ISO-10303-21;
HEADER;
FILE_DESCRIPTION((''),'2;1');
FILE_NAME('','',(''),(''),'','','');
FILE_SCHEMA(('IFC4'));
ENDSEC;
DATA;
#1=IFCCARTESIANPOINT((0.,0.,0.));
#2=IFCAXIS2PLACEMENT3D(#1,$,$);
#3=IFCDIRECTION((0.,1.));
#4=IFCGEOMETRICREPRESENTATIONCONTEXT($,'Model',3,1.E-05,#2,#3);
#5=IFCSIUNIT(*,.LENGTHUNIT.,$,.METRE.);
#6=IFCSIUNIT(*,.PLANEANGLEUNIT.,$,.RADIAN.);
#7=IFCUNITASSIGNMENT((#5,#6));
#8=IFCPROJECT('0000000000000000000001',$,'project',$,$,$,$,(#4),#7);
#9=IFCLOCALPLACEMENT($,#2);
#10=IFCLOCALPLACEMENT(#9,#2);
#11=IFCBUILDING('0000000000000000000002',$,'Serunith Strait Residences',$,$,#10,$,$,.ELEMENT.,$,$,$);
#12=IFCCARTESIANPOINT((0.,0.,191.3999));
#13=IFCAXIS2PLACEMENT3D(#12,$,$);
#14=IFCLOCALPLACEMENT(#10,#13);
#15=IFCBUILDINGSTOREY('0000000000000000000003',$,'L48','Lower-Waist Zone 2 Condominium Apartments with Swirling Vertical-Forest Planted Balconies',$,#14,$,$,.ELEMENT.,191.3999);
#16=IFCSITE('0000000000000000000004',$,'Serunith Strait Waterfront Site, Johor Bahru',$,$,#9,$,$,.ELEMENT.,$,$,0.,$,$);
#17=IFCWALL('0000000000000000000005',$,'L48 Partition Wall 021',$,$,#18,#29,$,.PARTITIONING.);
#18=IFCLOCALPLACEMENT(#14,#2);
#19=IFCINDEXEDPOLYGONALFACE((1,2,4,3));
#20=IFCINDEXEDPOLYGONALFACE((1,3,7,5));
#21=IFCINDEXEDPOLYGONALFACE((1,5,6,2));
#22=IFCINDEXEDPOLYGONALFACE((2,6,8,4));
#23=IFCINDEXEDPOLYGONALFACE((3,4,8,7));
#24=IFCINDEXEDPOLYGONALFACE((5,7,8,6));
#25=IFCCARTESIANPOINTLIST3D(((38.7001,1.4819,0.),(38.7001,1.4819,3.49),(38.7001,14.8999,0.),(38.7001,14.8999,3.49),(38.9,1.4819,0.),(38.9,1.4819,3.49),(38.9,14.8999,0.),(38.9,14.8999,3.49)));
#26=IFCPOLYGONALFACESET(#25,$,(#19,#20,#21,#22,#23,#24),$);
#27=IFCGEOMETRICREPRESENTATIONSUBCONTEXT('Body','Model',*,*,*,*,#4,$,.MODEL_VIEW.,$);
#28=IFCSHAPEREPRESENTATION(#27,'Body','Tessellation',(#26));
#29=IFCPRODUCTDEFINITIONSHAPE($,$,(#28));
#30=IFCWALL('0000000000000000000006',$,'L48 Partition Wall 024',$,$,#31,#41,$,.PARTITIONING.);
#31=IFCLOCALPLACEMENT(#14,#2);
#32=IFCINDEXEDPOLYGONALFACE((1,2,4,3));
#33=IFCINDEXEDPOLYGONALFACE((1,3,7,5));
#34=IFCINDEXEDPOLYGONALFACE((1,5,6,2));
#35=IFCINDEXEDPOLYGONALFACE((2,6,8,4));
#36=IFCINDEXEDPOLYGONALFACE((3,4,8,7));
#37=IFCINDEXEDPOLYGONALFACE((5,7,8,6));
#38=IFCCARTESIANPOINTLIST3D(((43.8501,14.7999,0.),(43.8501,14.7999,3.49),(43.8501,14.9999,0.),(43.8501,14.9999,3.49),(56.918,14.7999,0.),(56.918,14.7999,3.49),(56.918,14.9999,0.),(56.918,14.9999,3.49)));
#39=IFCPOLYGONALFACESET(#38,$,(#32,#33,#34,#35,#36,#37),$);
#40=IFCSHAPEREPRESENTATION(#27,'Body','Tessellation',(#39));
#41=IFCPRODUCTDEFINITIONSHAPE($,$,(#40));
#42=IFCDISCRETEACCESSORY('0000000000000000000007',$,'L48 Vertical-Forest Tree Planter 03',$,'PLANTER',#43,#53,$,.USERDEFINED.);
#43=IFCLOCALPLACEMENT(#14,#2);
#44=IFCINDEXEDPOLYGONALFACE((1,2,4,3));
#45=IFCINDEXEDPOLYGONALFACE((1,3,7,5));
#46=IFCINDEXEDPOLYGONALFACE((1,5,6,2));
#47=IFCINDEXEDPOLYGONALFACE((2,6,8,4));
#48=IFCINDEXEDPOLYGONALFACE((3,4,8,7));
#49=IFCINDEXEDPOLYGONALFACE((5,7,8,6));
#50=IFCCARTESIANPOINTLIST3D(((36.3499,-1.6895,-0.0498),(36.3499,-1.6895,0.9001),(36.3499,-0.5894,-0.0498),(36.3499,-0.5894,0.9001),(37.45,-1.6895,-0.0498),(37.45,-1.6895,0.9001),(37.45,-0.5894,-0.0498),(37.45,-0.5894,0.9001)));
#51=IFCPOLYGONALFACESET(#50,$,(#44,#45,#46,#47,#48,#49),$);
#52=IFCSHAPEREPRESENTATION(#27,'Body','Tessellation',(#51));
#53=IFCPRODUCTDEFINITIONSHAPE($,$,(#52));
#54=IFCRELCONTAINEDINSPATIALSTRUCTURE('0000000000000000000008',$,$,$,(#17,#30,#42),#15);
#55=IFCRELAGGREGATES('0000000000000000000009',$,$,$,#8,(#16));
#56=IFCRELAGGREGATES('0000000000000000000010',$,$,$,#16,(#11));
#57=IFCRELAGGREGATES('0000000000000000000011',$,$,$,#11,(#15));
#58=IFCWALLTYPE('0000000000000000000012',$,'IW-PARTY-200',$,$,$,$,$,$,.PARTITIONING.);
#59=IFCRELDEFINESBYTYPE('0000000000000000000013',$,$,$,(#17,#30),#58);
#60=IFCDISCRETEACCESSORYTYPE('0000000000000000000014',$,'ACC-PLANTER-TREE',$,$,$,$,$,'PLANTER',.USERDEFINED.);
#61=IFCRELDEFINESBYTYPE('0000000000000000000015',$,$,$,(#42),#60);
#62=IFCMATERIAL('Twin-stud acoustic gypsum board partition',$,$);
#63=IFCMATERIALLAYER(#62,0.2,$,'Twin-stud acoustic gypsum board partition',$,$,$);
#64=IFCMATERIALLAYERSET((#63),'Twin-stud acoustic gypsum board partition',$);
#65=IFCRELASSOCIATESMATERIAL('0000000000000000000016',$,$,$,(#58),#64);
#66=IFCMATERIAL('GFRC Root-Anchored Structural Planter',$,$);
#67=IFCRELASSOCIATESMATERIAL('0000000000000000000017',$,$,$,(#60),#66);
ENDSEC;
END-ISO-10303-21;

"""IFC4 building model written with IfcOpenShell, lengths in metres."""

from ifc_helpers import new_model, si_unit, direction, frame, frame_2d, origin, origin_2d, place, context, subcontext, project, spatial, rectangle, extrude, source, transform, mapped, material, layer, layer_set, type_object, element, save


model = new_model("IFC4")

# Units and contexts
model_context = context("Model", 3, precision=1e-05, world=origin(), true_north=direction((0.0, 1.0)))
body_context = subcontext(model_context, "Body", "Model", "MODEL_VIEW")
ifc_project = project(units=[si_unit("LENGTHUNIT", "METRE"), si_unit("PLANEANGLEUNIT", "RADIAN")], contexts=[model_context])

# Site, building, storey
site_placement = place(None, origin())
site = spatial("IfcSite", under=ifc_project, at=site_placement, Name="Serunith Strait Waterfront Site, Johor Bahru", CompositionType="ELEMENT", RefElevation=0.0)
building_placement = place(site_placement, origin())
building = spatial("IfcBuilding", under=site, at=building_placement, Name="Serunith Strait Residences", CompositionType="ELEMENT")
storey_placement = place(building_placement, frame((0.0, 0.0, 191.3999)))
storey = spatial("IfcBuildingStorey", under=building, at=storey_placement, Name="L48", Description="Lower-Waist Zone 2 Condominium Apartments with Swirling Vertical-Forest Planted Balconies", CompositionType="ELEMENT", Elevation=191.3999)

# Walls
ifc_material_1 = material(Name="Twin-stud acoustic gypsum board partition")
ifc_layer_1 = layer(ifc_material_1, 0.2, Name="Twin-stud acoustic gypsum board partition")
ifc_layer_set_1 = layer_set([ifc_layer_1], Name="Twin-stud acoustic gypsum board partition")
wall_type_1 = type_object("IfcWallType", Name="IW-PARTY-200", PredefinedType="PARTITIONING", material=ifc_layer_set_1)
wall_1_placement = place(storey_placement, frame((38.8, 1.4819, 0.0), z_axis=(0.0, 0.0, 1.0), x_axis=(0.0, 1.0, 0.0)))
element("IfcWall", 1, at=wall_1_placement, inside=storey, type_object=wall_type_1, Name="L48 Partition Wall 021", PredefinedType="PARTITIONING", context=body_context, shape_type="SweptSolid", body=[
    extrude(rectangle(XDim=13.418, YDim=0.2, at=frame_2d((6.709, 0.0))), origin(), (0.0, 0.0, 1.0), 3.49),
])
wall_2_placement = place(storey_placement, frame((43.8501, 14.8999, 0.0), z_axis=(0.0, 0.0, 1.0), x_axis=(1.0, 0.0, 0.0)))
element("IfcWall", 2, at=wall_2_placement, inside=storey, type_object=wall_type_1, Name="L48 Partition Wall 024", PredefinedType="PARTITIONING", context=body_context, shape_type="SweptSolid", body=[
    extrude(rectangle(XDim=13.0679, YDim=0.2, at=frame_2d((6.5339, 0.0))), origin(), (0.0, 0.0, 1.0), 3.49),
])

# Discrete accessory
ifc_material_2 = material(Name="GFRC Root-Anchored Structural Planter")
discrete_accessory_type = type_object("IfcDiscreteAccessoryType", Name="ACC-PLANTER-TREE", ElementType="PLANTER", PredefinedType="USERDEFINED", material=ifc_material_2)
shared_shape_1 = source(origin(), body_context, "Body", "SweptSolid", [
    extrude(rectangle(XDim=1.1001, YDim=1.1001, at=origin_2d()), origin(), (0.0, 0.0, 1.0), 0.95),
])
discrete_accessory_placement = place(storey_placement, frame((36.8999, -1.1394, -0.0498), z_axis=(0.0, 0.0, 1.0), x_axis=(1.0, 0.0, 0.0)))
element("IfcDiscreteAccessory", 3, at=discrete_accessory_placement, inside=storey, type_object=discrete_accessory_type, Name="L48 Vertical-Forest Tree Planter 03", ObjectType="PLANTER", PredefinedType="USERDEFINED", context=body_context, shape_type="MappedRepresentation", body=[
    mapped(shared_shape_1, transform((0.0, 0.0, 0.0), scale=1.0)),
])

save(model, "model.ifc")
